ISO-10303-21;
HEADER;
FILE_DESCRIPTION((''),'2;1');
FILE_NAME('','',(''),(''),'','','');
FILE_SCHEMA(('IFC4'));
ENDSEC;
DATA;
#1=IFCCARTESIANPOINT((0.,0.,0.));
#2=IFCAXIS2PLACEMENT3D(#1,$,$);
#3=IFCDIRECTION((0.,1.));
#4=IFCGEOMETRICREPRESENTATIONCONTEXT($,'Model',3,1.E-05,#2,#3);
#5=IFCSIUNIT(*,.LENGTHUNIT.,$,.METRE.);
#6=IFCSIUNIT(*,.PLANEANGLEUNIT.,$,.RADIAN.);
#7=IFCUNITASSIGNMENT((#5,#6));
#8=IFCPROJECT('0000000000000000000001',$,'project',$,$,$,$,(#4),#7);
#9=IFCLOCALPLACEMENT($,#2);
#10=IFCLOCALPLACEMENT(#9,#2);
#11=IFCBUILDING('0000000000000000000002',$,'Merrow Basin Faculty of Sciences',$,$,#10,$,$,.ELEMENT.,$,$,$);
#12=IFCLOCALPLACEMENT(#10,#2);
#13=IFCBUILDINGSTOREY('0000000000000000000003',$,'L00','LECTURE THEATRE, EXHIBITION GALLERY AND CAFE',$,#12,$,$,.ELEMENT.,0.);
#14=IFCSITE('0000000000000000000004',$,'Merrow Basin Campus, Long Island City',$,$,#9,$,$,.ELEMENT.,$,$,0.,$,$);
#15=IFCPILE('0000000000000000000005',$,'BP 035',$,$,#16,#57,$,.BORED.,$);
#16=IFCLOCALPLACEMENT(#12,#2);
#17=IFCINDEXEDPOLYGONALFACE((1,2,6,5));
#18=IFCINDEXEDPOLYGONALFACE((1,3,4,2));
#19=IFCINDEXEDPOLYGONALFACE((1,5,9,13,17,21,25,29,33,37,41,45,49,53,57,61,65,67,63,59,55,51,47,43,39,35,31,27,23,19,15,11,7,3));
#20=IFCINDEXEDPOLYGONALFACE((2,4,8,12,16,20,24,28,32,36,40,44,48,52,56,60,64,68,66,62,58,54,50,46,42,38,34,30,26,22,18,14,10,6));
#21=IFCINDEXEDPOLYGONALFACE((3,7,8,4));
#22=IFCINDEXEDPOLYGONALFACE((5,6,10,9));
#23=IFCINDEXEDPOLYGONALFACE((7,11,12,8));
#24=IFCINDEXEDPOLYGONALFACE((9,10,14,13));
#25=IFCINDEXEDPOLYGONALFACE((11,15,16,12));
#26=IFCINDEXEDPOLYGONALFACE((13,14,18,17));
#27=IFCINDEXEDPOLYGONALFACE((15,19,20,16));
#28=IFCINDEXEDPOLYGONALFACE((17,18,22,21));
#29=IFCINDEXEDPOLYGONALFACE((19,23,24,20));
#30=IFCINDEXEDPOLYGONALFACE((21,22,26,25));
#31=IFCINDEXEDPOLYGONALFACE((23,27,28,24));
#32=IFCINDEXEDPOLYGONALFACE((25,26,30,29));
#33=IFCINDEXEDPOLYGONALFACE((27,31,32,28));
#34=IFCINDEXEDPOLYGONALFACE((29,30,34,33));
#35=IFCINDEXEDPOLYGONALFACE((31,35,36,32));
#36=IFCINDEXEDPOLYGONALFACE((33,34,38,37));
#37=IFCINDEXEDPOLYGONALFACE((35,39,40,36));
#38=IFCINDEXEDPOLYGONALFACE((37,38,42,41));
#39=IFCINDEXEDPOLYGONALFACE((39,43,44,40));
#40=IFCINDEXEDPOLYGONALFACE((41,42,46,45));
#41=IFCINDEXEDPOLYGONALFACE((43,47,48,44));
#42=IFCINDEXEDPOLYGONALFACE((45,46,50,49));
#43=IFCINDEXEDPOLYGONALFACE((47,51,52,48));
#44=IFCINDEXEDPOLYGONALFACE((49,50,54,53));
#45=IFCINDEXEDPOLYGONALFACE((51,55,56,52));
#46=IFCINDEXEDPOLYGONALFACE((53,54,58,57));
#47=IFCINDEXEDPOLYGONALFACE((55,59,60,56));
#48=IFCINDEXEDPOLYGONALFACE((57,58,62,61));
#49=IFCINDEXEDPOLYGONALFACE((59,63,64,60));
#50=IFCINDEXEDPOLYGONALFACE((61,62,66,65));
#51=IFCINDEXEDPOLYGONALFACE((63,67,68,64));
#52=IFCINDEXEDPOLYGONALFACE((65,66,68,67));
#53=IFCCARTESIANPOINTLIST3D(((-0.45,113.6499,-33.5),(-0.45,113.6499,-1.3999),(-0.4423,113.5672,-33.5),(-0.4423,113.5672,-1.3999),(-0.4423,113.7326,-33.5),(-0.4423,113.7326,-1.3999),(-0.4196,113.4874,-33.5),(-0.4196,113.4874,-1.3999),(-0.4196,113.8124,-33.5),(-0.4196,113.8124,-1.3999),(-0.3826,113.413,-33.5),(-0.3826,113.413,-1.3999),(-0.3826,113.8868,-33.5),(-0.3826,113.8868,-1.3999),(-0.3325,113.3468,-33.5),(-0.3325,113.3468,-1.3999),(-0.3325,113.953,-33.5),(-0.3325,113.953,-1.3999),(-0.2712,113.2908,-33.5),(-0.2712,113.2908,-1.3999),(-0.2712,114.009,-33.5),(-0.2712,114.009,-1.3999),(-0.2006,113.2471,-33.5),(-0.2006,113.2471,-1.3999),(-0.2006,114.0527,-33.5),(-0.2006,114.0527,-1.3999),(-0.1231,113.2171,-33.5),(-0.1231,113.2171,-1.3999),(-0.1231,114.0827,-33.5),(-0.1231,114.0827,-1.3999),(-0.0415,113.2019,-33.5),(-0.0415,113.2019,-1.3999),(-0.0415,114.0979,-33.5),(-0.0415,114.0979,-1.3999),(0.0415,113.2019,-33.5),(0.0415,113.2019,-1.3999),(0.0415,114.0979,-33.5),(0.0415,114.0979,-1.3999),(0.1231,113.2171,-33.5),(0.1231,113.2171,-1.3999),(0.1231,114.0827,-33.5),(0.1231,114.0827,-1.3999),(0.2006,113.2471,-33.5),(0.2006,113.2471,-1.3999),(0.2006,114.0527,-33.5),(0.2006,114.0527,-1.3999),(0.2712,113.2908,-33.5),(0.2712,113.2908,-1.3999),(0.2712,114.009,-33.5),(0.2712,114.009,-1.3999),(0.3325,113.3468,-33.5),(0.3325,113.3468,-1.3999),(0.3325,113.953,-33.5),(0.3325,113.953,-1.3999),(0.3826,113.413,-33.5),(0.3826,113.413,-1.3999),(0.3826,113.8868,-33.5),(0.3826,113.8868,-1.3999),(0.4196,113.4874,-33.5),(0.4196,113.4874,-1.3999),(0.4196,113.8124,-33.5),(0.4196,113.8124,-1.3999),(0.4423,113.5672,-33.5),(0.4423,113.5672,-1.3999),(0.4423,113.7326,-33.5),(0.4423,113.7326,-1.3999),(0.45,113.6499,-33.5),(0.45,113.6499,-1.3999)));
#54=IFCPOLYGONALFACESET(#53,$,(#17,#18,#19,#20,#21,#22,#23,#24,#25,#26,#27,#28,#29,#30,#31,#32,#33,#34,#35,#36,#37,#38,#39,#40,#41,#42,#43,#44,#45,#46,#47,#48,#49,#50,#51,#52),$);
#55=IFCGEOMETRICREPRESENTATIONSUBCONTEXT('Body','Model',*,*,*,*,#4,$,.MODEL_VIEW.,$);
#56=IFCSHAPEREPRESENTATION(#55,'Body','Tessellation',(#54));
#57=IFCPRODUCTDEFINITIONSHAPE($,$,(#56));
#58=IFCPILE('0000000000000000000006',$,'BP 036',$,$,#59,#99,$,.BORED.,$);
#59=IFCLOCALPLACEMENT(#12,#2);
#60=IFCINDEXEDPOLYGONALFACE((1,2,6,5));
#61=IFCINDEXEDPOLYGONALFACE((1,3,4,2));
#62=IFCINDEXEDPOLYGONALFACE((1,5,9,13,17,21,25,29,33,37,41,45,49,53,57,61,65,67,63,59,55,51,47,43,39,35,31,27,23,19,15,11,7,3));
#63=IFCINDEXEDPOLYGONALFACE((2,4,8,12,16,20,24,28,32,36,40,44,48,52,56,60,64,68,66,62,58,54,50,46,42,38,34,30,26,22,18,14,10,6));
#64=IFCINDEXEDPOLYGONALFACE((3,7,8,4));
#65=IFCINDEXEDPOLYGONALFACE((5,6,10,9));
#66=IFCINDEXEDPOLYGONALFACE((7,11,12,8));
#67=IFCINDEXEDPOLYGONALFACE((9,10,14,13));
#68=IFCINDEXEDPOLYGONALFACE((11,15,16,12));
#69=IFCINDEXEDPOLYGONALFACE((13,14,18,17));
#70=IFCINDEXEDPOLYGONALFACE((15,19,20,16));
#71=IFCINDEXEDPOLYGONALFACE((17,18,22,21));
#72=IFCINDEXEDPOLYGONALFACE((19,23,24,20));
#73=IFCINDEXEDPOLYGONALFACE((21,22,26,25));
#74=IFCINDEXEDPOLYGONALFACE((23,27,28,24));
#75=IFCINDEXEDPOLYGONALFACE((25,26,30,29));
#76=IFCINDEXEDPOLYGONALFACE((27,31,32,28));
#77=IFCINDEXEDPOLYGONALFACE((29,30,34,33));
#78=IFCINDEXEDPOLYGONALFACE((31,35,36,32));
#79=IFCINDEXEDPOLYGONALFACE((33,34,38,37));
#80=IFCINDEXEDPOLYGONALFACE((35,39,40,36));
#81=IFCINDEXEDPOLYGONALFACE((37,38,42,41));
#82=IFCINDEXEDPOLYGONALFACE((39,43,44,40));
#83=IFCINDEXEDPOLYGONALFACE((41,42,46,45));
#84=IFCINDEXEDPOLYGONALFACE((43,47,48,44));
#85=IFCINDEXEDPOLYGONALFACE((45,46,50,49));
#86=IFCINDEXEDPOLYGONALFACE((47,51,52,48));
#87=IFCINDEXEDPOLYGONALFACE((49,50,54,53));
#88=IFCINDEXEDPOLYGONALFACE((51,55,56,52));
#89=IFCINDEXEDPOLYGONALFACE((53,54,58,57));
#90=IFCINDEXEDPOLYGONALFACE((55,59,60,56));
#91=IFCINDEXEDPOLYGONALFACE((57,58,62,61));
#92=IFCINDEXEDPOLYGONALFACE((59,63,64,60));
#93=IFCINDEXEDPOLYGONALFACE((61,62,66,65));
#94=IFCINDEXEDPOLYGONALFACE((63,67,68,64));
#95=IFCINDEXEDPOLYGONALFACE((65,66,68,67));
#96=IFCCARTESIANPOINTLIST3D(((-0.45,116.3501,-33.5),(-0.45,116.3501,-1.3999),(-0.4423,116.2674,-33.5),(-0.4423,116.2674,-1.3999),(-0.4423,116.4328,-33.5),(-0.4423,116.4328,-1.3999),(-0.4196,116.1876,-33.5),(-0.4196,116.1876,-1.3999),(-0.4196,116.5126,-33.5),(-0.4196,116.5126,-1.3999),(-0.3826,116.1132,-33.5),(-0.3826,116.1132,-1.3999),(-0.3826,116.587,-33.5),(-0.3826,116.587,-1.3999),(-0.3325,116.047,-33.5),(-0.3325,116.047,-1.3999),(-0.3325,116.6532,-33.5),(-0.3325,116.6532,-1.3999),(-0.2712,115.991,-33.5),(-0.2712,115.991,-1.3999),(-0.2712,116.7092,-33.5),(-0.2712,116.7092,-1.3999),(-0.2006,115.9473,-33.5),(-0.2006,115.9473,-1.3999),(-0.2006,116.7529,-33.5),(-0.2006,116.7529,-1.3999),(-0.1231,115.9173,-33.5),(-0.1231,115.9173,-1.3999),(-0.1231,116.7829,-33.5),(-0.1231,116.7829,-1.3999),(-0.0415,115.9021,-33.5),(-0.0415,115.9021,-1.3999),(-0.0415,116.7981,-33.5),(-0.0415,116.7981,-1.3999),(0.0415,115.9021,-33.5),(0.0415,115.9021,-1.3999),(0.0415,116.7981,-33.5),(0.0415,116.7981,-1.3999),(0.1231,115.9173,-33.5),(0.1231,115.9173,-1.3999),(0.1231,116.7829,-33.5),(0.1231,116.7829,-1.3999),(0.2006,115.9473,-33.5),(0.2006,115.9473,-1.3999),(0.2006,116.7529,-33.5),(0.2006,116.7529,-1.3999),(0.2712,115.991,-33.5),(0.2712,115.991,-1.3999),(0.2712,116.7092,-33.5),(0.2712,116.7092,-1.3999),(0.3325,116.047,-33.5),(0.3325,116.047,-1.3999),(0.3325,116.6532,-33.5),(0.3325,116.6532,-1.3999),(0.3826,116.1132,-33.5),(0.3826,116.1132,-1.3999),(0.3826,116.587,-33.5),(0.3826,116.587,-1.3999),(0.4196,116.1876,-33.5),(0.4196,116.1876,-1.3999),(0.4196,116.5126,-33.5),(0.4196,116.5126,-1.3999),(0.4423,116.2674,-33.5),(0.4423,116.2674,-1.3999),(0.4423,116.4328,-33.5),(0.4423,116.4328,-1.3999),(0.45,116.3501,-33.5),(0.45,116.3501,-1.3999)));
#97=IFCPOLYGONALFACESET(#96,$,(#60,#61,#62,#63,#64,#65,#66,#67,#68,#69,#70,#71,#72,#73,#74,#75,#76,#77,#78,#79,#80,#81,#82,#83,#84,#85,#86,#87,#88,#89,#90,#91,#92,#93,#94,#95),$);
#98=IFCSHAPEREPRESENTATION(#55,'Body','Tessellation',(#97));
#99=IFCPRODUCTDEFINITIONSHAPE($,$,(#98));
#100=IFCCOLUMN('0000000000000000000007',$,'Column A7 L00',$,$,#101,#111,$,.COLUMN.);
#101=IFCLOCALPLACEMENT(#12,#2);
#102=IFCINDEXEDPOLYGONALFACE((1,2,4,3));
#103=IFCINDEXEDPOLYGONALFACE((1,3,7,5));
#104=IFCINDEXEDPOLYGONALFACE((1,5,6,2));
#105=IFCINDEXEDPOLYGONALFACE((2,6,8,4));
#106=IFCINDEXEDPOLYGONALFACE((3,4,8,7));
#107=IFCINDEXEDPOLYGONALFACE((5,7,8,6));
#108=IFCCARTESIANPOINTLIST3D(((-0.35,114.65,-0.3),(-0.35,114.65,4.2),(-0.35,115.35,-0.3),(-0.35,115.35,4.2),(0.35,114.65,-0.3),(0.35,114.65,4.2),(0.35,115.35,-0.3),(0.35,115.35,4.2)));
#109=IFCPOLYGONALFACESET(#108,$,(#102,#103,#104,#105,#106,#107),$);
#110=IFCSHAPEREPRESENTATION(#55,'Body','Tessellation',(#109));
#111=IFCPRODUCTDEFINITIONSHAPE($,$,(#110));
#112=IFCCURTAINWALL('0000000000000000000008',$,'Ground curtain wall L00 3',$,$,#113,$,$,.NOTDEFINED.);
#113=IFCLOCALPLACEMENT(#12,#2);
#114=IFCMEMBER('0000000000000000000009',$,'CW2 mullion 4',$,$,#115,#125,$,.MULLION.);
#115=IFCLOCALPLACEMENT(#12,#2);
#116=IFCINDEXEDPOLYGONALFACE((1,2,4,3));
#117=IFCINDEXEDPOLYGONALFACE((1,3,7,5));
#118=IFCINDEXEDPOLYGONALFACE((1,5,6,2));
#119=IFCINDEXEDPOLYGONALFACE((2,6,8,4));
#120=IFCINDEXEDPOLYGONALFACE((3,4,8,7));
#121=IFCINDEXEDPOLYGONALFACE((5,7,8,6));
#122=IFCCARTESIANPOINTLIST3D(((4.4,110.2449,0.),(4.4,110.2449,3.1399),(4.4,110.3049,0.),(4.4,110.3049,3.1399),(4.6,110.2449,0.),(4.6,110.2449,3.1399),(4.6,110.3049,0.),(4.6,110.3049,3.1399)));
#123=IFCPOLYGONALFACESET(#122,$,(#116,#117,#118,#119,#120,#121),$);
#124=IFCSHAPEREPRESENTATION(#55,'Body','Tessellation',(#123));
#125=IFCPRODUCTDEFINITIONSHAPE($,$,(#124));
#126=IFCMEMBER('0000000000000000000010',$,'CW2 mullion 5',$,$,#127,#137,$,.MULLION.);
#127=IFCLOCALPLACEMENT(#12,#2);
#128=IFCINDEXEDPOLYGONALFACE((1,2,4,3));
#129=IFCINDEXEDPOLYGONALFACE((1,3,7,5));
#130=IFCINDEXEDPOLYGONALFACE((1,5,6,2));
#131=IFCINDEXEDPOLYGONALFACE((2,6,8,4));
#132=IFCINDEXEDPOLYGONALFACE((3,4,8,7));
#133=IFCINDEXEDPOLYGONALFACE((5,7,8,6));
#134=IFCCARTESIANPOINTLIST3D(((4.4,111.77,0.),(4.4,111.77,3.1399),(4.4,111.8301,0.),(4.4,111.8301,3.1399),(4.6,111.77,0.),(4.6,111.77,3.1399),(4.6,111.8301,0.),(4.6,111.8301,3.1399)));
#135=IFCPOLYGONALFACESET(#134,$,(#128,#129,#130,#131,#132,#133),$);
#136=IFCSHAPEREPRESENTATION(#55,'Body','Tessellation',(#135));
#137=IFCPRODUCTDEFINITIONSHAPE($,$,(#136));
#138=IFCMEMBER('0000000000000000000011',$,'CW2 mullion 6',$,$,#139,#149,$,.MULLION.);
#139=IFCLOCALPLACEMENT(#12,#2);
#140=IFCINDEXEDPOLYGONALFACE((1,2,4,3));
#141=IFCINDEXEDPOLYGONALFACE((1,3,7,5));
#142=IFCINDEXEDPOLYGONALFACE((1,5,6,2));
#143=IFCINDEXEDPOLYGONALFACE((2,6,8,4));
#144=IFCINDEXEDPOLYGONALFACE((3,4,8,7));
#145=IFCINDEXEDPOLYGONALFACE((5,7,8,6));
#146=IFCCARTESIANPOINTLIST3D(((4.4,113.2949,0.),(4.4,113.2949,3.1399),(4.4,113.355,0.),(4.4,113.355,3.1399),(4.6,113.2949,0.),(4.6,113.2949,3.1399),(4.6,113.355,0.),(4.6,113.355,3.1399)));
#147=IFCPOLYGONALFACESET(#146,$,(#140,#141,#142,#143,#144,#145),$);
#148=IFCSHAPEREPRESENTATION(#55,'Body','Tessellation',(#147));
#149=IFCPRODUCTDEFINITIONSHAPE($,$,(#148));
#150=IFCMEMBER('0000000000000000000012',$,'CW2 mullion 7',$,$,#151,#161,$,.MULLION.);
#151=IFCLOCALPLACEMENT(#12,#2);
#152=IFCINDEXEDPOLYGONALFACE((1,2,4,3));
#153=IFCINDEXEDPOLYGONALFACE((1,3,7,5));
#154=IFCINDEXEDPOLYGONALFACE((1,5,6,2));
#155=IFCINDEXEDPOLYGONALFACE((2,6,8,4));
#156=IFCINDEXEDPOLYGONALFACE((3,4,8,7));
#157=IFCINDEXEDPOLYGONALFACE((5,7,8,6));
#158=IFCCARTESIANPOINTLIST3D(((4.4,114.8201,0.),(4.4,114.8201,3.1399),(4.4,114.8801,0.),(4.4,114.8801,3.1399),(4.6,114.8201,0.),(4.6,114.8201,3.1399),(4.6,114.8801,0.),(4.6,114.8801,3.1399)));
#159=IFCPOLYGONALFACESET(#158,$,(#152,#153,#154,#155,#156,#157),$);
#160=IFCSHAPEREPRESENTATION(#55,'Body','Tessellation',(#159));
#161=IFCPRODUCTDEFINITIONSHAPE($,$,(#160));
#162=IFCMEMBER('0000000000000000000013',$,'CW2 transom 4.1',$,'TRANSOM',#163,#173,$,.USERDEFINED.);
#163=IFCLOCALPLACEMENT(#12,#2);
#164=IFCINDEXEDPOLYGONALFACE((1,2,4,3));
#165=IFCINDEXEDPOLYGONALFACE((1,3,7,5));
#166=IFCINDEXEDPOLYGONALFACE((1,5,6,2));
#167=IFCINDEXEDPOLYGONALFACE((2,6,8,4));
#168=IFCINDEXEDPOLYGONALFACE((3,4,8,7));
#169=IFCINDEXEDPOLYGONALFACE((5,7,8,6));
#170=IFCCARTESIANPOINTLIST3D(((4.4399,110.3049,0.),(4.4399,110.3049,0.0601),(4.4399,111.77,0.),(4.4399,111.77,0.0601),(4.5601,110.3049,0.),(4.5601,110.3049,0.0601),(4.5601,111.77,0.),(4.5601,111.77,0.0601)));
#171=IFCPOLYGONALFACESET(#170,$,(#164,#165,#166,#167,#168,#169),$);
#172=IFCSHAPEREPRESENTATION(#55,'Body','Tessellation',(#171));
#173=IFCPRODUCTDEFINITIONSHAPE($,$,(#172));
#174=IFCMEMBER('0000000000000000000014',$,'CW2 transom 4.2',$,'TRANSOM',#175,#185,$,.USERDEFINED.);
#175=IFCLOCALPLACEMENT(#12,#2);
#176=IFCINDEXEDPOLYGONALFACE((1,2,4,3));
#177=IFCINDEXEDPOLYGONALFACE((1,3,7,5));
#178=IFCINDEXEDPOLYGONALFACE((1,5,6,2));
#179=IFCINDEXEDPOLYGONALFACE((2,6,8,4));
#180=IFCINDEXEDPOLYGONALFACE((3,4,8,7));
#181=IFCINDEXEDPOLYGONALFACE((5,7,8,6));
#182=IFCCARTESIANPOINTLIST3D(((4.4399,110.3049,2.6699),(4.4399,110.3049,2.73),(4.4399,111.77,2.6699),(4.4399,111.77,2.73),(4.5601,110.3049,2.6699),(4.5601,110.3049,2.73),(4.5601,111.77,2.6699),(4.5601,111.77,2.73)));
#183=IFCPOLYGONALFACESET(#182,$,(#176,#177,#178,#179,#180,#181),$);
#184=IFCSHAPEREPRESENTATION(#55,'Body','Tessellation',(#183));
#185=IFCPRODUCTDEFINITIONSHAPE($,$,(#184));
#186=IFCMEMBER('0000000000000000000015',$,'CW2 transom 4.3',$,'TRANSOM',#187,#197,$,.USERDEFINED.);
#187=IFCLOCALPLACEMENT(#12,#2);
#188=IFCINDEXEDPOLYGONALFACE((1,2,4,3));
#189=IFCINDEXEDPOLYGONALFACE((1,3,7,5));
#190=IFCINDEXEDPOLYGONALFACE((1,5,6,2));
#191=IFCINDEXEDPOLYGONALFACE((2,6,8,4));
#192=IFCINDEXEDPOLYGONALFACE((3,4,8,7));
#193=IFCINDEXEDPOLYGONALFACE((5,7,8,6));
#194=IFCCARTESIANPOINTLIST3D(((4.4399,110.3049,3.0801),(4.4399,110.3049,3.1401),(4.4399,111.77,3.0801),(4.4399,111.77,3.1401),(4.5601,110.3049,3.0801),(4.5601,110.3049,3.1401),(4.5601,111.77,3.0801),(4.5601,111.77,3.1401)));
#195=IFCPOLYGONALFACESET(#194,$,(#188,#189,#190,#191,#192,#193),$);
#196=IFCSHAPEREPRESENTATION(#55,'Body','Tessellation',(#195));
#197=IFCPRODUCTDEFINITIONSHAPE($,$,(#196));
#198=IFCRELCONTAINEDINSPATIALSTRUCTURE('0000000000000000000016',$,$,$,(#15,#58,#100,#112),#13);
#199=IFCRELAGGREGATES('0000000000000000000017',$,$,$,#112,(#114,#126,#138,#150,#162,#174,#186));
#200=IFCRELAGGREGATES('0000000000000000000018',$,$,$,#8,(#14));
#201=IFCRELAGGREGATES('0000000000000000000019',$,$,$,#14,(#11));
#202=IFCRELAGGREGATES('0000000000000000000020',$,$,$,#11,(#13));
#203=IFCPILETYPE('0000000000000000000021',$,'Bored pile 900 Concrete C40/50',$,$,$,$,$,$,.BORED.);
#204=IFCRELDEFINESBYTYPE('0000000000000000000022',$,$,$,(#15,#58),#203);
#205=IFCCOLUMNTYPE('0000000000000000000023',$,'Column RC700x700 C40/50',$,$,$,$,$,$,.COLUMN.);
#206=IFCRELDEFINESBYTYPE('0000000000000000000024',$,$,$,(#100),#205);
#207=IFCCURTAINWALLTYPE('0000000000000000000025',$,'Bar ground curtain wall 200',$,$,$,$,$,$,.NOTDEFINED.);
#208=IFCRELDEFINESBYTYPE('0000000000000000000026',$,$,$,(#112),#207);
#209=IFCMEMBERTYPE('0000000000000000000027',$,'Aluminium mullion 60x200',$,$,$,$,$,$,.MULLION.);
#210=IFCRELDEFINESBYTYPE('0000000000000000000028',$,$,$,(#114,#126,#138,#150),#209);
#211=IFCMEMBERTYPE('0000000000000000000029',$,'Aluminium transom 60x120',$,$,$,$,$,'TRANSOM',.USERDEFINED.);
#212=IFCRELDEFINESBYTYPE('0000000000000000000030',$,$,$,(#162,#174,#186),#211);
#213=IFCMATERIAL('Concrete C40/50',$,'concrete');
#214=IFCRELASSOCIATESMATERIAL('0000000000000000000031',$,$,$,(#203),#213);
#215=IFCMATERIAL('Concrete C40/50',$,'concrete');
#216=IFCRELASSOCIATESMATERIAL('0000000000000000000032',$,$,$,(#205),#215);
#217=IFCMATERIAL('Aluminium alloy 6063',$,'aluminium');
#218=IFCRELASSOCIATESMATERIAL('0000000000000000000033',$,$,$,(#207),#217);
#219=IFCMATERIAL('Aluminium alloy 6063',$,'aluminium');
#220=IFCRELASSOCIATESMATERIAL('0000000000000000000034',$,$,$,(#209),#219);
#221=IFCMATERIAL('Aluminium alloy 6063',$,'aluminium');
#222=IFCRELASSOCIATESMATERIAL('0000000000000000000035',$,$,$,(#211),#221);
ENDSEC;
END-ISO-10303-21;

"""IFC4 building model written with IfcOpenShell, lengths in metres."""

from ifc_helpers import new_model, si_unit, direction, frame, origin, origin_2d, place, context, subcontext, project, spatial, rectangle, circle, extrude, material, material_profile, profile_set, type_object, element, aggregate, save


model = new_model("IFC4")

# Units and contexts
model_context = context("Model", 3, precision=1e-05, world=origin(), true_north=direction((0.0, 1.0)))
body_context = subcontext(model_context, "Body", "Model", "MODEL_VIEW")
ifc_project = project(units=[si_unit("LENGTHUNIT", "METRE"), si_unit("PLANEANGLEUNIT", "RADIAN")], contexts=[model_context])

# Site, building, storey
site_placement = place(None, origin())
site = spatial("IfcSite", under=ifc_project, at=site_placement, Name="Merrow Basin Campus, Long Island City", CompositionType="ELEMENT", RefElevation=0.0)
building_placement = place(site_placement, origin())
building = spatial("IfcBuilding", under=site, at=building_placement, Name="Merrow Basin Faculty of Sciences", CompositionType="ELEMENT")
storey_placement = place(building_placement, origin())
storey = spatial("IfcBuildingStorey", under=building, at=storey_placement, Name="L00", Description="LECTURE THEATRE, EXHIBITION GALLERY AND CAFE", CompositionType="ELEMENT", Elevation=0.0)

# Piles
ifc_material_1 = material(Name="Concrete C40/50", Category="concrete")
ifc_material_profile_1 = material_profile(ifc_material_1, circle(Radius=0.45, at=origin_2d()))
ifc_profile_set_1 = profile_set([ifc_material_profile_1], Name="Concrete C40/50")
pile_type = type_object("IfcPileType", Name="Bored pile 900 Concrete C40/50", PredefinedType="BORED", material=ifc_profile_set_1)
for number, where, z_axis, x_axis, name in (
    (1, (0.0, 113.6499, -1.3999), (0.0, 0.0, -1.0), (1.0, 0.0, 0.0), "BP 035"),
    (2, (0.0, 116.3501, -1.3999), (0.0, 0.0, -1.0), (1.0, 0.0, 0.0), "BP 036"),
):
    element("IfcPile", number, at=place(storey_placement, frame(where, z_axis=z_axis, x_axis=x_axis)), inside=storey, type_object=pile_type, Name=name, PredefinedType="BORED", context=body_context, shape_type="SweptSolid", body=[
        extrude(circle(Radius=0.45, at=origin_2d()), origin(), (0.0, 0.0, 1.0), 32.1001),
    ])

# Column
ifc_material_2 = material(Name="Concrete C40/50", Category="concrete")
ifc_material_profile_2 = material_profile(ifc_material_2, rectangle(XDim=0.7, YDim=0.7, at=origin_2d()))
ifc_profile_set_2 = profile_set([ifc_material_profile_2], Name="Concrete C40/50")
column_type = type_object("IfcColumnType", Name="Column RC700x700 C40/50", PredefinedType="COLUMN", material=ifc_profile_set_2)
column_placement = place(storey_placement, frame((0.0, 115.0, -0.3), z_axis=(0.0, 0.0, 1.0), x_axis=(1.0, 0.0, 0.0)))
element("IfcColumn", 3, at=column_placement, inside=storey, type_object=column_type, Name="Column A7 L00", PredefinedType="COLUMN", context=body_context, shape_type="SweptSolid", body=[
    extrude(rectangle(XDim=0.7, YDim=0.7, at=origin_2d()), origin(), (0.0, 0.0, 1.0), 4.5),
])

# Curtain wall, members
ifc_material_3 = material(Name="Aluminium alloy 6063", Category="aluminium")
curtain_wall_type = type_object("IfcCurtainWallType", Name="Bar ground curtain wall 200", PredefinedType="NOTDEFINED", material=ifc_material_3)
curtain_wall_placement = place(storey_placement, origin())
curtain_wall = element("IfcCurtainWall", 4, at=curtain_wall_placement, inside=storey, type_object=curtain_wall_type, Name="Ground curtain wall L00 3", PredefinedType="NOTDEFINED")
ifc_material_4 = material(Name="Aluminium alloy 6063", Category="aluminium")
ifc_material_profile_3 = material_profile(ifc_material_4, rectangle(XDim=0.2, YDim=0.0601, at=origin_2d()))
ifc_profile_set_3 = profile_set([ifc_material_profile_3], Name="Aluminium alloy 6063")
member_type_1 = type_object("IfcMemberType", Name="Aluminium mullion 60x200", PredefinedType="MULLION", material=ifc_profile_set_3)
member_1_placement = place(storey_placement, frame((4.5, 110.2749, 0.0), z_axis=(0.0, 0.0, 1.0), x_axis=(-1.0, 0.0, 0.0)))
member_1 = element("IfcMember", 5, at=member_1_placement, type_object=member_type_1, Name="CW2 mullion 4", PredefinedType="MULLION", context=body_context, shape_type="SweptSolid", body=[
    extrude(rectangle(XDim=0.2, YDim=0.0601, at=origin_2d()), origin(), (0.0, 0.0, 1.0), 3.1399),
])
member_2_placement = place(storey_placement, frame((4.5, 111.8, 0.0), z_axis=(0.0, 0.0, 1.0), x_axis=(-1.0, 0.0, 0.0)))
member_2 = element("IfcMember", 6, at=member_2_placement, type_object=member_type_1, Name="CW2 mullion 5", PredefinedType="MULLION", context=body_context, shape_type="SweptSolid", body=[
    extrude(rectangle(XDim=0.2, YDim=0.0601, at=origin_2d()), origin(), (0.0, 0.0, 1.0), 3.1399),
])
member_3_placement = place(storey_placement, frame((4.5, 113.325, 0.0), z_axis=(0.0, 0.0, 1.0), x_axis=(-1.0, 0.0, 0.0)))
member_3 = element("IfcMember", 7, at=member_3_placement, type_object=member_type_1, Name="CW2 mullion 6", PredefinedType="MULLION", context=body_context, shape_type="SweptSolid", body=[
    extrude(rectangle(XDim=0.2, YDim=0.0601, at=origin_2d()), origin(), (0.0, 0.0, 1.0), 3.1399),
])
member_4_placement = place(storey_placement, frame((4.5, 114.8501, 0.0), z_axis=(0.0, 0.0, 1.0), x_axis=(-1.0, 0.0, 0.0)))
member_4 = element("IfcMember", 8, at=member_4_placement, type_object=member_type_1, Name="CW2 mullion 7", PredefinedType="MULLION", context=body_context, shape_type="SweptSolid", body=[
    extrude(rectangle(XDim=0.2, YDim=0.0601, at=origin_2d()), origin(), (0.0, 0.0, 1.0), 3.1399),
])
ifc_material_5 = material(Name="Aluminium alloy 6063", Category="aluminium")
ifc_material_profile_4 = material_profile(ifc_material_5, rectangle(XDim=0.1201, YDim=0.0601, at=origin_2d()))
ifc_profile_set_4 = profile_set([ifc_material_profile_4], Name="Aluminium alloy 6063")
member_type_2 = type_object("IfcMemberType", Name="Aluminium transom 60x120", ElementType="TRANSOM", PredefinedType="USERDEFINED", material=ifc_profile_set_4)
member_5_placement = place(storey_placement, frame((4.5, 110.3049, 0.03), z_axis=(0.0, 1.0, 0.0), x_axis=(-1.0, 0.0, 0.0)))
member_5 = element("IfcMember", 9, at=member_5_placement, type_object=member_type_2, Name="CW2 transom 4.1", ObjectType="TRANSOM", PredefinedType="USERDEFINED", context=body_context, shape_type="SweptSolid", body=[
    extrude(rectangle(XDim=0.1201, YDim=0.0601, at=origin_2d()), origin(), (0.0, 0.0, 1.0), 1.4651),
])
member_6_placement = place(storey_placement, frame((4.5, 110.3049, 2.7), z_axis=(0.0, 1.0, 0.0), x_axis=(-1.0, 0.0, 0.0)))
member_6 = element("IfcMember", 10, at=member_6_placement, type_object=member_type_2, Name="CW2 transom 4.2", ObjectType="TRANSOM", PredefinedType="USERDEFINED", context=body_context, shape_type="SweptSolid", body=[
    extrude(rectangle(XDim=0.1201, YDim=0.0601, at=origin_2d()), origin(), (0.0, 0.0, 1.0), 1.4651),
])
member_7_placement = place(storey_placement, frame((4.5, 110.3049, 3.1101), z_axis=(0.0, 1.0, 0.0), x_axis=(-1.0, 0.0, 0.0)))
member_7 = element("IfcMember", 11, at=member_7_placement, type_object=member_type_2, Name="CW2 transom 4.3", ObjectType="TRANSOM", PredefinedType="USERDEFINED", context=body_context, shape_type="SweptSolid", body=[
    extrude(rectangle(XDim=0.1201, YDim=0.0601, at=origin_2d()), origin(), (0.0, 0.0, 1.0), 1.4651),
])

aggregate(curtain_wall, [member_1, member_2, member_3, member_4, member_5, member_6, member_7])

save(model, "model.ifc")
